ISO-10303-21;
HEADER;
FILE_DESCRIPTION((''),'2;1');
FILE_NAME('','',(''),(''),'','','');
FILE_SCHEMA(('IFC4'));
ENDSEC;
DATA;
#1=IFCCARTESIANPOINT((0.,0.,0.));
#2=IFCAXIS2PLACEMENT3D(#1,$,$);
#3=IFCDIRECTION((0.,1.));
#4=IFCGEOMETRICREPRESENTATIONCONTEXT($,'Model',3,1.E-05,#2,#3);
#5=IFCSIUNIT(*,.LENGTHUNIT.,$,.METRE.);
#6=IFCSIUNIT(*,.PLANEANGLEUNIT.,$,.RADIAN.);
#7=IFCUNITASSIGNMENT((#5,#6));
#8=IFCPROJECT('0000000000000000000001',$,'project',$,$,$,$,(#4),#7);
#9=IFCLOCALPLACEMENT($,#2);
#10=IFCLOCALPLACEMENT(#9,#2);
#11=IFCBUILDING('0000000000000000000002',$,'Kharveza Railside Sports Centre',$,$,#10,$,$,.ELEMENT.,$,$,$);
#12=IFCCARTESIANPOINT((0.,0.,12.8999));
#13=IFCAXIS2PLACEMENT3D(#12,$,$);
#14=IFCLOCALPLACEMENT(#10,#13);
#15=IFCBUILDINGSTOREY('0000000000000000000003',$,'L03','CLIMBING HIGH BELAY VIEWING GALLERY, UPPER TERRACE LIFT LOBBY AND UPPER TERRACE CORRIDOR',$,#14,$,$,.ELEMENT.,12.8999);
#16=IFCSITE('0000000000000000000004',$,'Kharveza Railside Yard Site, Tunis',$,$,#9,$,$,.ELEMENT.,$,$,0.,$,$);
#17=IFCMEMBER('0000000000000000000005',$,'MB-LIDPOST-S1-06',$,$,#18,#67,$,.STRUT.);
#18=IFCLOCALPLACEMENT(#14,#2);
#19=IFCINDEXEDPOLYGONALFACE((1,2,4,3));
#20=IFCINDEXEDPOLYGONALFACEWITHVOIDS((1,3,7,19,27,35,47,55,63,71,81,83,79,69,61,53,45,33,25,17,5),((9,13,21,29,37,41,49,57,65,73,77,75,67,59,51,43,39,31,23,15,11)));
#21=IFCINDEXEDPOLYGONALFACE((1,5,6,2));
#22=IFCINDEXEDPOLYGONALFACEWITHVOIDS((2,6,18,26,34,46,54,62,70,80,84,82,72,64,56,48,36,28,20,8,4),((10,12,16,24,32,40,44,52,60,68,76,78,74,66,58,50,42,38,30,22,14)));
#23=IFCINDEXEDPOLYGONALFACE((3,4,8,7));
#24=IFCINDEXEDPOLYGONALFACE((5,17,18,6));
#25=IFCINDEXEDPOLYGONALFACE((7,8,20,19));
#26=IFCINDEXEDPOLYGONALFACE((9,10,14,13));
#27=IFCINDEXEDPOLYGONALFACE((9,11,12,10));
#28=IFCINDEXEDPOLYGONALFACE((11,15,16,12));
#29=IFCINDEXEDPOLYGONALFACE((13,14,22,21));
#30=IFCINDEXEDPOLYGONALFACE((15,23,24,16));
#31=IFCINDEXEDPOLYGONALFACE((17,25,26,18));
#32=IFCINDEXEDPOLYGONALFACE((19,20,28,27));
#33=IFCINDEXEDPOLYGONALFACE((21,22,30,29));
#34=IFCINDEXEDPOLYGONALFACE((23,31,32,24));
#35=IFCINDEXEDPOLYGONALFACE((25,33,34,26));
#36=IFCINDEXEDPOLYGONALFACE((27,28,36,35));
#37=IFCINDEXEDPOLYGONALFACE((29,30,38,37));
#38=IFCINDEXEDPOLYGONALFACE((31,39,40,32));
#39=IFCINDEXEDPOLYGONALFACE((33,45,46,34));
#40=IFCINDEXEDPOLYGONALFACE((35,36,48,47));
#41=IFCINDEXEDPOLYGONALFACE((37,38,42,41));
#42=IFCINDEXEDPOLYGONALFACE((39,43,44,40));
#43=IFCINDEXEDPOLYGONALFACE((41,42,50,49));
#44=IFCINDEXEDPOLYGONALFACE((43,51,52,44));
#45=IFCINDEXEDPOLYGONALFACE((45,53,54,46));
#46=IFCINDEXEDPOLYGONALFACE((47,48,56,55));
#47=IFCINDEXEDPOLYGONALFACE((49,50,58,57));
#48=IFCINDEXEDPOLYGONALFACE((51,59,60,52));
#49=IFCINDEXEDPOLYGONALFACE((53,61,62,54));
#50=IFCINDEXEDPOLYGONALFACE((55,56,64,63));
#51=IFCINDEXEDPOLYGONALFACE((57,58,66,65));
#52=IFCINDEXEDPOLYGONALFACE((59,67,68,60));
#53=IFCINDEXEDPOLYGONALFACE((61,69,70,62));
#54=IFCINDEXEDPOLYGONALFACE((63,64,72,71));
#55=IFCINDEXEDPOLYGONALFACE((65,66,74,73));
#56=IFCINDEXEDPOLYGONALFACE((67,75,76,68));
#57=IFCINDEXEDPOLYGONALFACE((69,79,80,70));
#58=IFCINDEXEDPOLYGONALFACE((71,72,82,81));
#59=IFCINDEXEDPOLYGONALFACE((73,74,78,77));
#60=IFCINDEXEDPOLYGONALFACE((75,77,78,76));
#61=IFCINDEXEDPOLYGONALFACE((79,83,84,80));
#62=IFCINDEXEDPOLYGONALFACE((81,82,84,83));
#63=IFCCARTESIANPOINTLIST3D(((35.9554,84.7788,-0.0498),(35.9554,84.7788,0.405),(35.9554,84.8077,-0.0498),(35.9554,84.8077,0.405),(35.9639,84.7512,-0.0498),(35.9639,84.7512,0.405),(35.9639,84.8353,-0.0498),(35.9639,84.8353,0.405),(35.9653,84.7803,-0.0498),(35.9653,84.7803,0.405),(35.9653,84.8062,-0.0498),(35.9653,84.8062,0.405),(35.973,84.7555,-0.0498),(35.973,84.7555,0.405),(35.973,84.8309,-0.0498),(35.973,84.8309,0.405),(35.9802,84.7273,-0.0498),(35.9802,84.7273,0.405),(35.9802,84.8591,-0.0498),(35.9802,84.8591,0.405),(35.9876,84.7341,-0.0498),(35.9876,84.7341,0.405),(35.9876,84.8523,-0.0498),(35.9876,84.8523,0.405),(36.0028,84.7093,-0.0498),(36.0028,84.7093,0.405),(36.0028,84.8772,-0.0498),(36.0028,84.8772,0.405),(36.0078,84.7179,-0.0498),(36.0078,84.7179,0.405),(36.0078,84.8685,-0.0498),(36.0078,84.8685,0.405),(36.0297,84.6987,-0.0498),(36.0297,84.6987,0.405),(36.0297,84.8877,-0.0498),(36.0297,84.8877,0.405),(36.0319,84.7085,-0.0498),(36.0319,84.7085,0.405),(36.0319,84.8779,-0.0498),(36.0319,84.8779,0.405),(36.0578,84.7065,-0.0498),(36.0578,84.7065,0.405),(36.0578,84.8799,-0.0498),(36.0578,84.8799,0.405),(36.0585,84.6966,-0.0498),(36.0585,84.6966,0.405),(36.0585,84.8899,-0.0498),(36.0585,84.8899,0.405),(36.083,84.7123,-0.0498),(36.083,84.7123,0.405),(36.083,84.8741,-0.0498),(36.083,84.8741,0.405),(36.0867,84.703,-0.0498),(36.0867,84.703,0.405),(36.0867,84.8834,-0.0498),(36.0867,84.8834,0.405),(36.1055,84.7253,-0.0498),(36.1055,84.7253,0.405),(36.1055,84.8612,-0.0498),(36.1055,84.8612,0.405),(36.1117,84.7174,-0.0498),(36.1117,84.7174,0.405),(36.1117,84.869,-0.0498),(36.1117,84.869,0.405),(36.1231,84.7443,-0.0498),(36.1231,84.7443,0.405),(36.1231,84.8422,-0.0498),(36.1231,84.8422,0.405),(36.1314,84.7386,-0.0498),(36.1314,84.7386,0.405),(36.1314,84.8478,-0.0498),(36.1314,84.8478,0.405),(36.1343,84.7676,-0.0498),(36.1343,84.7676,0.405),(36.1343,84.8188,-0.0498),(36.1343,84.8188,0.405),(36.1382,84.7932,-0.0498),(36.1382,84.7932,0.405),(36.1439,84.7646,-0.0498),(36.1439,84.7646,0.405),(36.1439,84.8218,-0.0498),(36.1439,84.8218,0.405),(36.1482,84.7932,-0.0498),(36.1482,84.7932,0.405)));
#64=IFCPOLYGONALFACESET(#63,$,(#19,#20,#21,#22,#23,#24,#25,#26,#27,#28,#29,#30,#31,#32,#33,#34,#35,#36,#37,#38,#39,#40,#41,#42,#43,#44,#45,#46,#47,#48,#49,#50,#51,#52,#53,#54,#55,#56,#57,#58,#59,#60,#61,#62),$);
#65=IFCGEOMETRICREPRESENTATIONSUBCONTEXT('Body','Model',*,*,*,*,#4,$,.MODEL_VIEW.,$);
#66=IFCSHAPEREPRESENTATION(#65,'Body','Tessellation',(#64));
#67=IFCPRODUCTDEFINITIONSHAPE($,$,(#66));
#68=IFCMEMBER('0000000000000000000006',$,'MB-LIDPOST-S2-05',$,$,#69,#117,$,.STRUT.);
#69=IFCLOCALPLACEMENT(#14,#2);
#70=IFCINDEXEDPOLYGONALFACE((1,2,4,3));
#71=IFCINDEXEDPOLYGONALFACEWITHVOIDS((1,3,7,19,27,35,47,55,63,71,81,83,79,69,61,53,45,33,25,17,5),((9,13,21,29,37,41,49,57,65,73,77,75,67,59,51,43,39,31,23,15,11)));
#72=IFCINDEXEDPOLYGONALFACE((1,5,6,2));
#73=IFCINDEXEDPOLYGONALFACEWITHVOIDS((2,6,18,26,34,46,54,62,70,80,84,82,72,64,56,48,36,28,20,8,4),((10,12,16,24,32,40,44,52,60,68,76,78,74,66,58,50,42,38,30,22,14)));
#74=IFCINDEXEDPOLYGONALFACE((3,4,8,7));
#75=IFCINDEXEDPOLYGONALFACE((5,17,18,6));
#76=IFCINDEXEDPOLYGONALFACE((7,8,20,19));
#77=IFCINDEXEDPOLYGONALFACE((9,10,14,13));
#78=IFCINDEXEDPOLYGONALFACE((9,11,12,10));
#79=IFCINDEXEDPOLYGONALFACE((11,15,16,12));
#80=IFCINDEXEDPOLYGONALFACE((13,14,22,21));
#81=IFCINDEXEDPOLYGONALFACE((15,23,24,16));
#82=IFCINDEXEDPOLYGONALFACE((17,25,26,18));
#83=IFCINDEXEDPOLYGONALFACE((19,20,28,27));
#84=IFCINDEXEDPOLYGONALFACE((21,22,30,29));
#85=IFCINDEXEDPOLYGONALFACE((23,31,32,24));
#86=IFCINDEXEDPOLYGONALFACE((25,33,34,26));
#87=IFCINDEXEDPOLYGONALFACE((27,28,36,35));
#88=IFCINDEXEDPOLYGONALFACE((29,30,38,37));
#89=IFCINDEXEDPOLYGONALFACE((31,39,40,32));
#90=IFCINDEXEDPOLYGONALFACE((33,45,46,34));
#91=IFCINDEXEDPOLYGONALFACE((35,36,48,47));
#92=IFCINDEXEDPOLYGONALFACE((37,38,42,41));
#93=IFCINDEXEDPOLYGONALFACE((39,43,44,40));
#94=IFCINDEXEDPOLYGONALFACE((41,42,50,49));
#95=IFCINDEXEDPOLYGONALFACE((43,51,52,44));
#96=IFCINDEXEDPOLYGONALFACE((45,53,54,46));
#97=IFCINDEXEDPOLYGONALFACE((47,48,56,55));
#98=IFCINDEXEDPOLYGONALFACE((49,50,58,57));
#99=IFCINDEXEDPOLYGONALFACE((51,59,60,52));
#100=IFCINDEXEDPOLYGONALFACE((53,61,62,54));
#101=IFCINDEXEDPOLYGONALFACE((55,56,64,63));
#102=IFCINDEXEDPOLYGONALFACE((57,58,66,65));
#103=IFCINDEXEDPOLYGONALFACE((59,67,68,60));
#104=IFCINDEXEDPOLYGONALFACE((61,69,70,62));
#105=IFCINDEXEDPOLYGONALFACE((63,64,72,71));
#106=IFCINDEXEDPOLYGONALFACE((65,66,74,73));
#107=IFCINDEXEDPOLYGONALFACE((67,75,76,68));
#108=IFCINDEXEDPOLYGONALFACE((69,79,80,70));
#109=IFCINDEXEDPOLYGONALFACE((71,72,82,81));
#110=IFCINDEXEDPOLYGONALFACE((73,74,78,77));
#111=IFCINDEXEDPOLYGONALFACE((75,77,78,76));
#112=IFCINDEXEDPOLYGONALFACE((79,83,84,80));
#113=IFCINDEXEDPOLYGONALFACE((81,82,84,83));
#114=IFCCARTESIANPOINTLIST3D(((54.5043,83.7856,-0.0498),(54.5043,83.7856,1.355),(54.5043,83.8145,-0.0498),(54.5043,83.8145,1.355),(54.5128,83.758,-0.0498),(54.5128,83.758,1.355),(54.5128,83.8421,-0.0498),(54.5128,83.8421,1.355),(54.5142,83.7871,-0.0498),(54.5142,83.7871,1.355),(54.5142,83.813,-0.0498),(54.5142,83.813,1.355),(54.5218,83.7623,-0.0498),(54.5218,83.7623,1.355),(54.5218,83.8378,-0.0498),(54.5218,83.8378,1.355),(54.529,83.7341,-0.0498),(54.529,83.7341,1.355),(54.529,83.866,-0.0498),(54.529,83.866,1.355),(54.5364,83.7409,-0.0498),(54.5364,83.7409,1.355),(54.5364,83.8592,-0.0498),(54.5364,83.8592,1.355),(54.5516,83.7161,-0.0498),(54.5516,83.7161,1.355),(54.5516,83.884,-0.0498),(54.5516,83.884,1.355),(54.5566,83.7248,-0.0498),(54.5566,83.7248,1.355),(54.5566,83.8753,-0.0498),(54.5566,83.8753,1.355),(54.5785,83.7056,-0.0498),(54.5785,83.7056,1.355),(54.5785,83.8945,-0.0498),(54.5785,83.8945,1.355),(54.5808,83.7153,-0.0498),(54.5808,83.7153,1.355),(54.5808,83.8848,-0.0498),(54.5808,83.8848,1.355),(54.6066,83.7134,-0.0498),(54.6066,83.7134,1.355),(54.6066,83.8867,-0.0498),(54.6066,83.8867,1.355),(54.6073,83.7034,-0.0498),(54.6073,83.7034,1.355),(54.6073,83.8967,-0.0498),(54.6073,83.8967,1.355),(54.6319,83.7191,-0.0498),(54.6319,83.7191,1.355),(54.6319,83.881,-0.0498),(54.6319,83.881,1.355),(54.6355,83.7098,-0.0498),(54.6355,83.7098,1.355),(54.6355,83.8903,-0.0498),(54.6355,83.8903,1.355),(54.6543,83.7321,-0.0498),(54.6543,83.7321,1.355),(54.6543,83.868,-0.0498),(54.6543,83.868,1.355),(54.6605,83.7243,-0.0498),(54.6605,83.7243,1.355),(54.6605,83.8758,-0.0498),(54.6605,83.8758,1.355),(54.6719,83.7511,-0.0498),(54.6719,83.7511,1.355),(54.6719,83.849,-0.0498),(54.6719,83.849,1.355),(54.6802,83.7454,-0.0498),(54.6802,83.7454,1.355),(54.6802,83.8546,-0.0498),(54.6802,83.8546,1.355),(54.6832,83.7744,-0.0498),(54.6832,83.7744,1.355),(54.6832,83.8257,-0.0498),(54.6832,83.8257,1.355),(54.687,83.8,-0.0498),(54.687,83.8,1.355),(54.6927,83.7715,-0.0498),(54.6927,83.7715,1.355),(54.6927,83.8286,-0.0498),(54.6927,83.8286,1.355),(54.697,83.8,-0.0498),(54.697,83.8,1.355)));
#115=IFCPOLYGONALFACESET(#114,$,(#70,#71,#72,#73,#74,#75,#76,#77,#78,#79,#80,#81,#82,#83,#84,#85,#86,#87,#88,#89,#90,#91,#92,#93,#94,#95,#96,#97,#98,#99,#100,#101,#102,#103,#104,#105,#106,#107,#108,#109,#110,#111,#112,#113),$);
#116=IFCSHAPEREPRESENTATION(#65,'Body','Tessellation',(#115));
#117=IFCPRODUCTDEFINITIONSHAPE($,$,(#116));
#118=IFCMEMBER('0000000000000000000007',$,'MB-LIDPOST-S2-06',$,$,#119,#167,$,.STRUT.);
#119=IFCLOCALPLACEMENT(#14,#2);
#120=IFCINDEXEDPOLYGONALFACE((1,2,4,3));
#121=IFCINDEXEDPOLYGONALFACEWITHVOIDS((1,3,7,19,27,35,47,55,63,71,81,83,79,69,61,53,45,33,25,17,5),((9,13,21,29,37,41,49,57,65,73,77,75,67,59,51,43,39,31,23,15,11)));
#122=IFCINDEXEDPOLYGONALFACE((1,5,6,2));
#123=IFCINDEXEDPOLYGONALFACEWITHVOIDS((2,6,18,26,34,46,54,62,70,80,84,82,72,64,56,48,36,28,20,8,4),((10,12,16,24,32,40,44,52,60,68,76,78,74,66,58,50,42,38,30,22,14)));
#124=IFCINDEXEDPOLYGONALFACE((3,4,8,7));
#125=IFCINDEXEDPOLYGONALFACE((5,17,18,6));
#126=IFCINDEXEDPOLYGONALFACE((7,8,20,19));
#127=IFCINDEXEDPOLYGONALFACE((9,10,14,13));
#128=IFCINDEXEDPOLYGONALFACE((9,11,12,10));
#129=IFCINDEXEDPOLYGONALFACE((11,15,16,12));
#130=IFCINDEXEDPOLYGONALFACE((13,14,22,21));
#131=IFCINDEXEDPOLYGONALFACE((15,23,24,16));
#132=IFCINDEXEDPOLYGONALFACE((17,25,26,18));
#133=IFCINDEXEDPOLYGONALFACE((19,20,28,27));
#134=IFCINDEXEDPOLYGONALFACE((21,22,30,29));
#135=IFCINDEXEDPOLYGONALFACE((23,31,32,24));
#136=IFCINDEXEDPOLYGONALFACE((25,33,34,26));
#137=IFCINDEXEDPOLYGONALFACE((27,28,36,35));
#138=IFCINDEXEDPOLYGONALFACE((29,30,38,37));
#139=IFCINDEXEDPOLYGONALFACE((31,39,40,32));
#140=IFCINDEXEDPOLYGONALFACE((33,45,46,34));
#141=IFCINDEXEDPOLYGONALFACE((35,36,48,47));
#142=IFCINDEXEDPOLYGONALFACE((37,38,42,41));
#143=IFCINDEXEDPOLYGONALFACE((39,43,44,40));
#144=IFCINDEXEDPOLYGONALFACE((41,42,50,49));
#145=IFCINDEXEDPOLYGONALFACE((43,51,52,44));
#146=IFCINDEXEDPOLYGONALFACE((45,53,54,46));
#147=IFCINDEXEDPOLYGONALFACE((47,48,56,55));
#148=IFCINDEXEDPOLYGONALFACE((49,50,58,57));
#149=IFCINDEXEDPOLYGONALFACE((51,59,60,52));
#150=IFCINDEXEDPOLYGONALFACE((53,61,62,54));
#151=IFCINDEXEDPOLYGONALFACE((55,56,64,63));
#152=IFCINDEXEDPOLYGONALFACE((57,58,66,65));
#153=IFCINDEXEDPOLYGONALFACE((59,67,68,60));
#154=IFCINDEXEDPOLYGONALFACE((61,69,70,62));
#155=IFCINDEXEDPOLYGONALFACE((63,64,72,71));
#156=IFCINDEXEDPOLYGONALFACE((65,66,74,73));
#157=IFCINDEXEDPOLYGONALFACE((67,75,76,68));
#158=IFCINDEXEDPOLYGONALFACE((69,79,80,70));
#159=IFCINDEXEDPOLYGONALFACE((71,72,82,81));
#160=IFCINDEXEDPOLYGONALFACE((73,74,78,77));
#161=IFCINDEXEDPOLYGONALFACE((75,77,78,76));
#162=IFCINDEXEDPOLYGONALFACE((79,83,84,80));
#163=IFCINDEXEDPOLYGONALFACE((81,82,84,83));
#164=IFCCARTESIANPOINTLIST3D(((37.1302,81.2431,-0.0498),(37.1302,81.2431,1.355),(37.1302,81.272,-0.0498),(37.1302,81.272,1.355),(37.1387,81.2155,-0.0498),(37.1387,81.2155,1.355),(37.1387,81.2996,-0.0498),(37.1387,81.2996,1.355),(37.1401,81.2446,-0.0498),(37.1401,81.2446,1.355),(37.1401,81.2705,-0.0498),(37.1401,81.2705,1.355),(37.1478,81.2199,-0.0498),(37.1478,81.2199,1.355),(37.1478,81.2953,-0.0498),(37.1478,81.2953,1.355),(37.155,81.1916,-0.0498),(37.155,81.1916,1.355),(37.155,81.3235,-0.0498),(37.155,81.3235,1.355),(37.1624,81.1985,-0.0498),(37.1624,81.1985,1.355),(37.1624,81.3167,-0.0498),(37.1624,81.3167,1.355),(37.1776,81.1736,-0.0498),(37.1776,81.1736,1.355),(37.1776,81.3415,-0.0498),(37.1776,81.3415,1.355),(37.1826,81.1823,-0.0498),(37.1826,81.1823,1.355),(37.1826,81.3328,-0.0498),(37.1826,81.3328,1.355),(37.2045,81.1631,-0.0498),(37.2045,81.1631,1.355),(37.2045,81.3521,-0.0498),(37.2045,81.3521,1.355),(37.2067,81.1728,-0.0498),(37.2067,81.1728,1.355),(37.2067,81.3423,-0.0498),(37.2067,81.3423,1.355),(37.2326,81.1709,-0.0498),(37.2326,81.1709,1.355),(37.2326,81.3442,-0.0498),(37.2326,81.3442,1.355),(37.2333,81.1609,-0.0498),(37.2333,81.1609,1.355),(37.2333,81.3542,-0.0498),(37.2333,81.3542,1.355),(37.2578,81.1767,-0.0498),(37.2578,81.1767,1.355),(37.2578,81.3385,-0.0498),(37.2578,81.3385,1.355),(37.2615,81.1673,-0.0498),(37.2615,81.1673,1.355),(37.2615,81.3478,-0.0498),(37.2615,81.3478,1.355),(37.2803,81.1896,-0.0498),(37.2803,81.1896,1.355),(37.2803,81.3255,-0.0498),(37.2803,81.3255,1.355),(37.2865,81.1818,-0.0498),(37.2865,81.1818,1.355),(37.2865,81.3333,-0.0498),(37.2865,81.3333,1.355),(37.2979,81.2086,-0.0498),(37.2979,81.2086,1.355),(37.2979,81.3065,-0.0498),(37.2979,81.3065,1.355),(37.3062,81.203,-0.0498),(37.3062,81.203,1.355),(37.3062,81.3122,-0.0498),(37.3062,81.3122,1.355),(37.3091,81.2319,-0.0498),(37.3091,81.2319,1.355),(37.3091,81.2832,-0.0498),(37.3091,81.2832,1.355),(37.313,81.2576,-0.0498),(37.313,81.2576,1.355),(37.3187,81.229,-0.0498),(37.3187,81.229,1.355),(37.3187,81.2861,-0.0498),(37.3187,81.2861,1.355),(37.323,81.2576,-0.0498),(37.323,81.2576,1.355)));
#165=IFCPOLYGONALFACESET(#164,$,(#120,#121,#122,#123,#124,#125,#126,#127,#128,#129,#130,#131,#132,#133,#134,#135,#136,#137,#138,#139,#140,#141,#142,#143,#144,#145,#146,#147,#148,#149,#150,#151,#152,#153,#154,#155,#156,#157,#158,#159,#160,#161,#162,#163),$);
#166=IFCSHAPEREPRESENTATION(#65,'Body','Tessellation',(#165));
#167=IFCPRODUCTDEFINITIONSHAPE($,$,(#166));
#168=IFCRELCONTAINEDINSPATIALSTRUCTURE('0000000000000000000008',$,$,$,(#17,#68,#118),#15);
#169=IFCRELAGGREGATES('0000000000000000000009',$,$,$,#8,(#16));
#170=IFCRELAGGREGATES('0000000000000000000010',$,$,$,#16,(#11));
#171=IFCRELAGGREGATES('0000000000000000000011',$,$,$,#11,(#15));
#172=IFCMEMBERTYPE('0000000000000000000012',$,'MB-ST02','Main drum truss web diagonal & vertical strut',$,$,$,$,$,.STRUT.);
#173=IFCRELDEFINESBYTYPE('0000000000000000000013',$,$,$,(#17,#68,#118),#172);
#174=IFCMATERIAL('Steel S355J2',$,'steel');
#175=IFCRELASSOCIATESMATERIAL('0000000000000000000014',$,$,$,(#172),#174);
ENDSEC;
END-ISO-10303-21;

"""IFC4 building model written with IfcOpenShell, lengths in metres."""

from ifc_helpers import new_model, si_unit, direction, frame, origin, origin_2d, place, context, subcontext, project, spatial, hollow_circle, extrude, material, material_profile, profile_set, type_object, element, save


model = new_model("IFC4")

# Units and contexts
model_context = context("Model", 3, precision=1e-05, world=origin(), true_north=direction((0.0, 1.0)))
body_context = subcontext(model_context, "Body", "Model", "MODEL_VIEW")
ifc_project = project(units=[si_unit("LENGTHUNIT", "METRE"), si_unit("PLANEANGLEUNIT", "RADIAN")], contexts=[model_context])

# Site, building, storey
site_placement = place(None, origin())
site = spatial("IfcSite", under=ifc_project, at=site_placement, Name="Kharveza Railside Yard Site, Tunis", CompositionType="ELEMENT", RefElevation=0.0)
building_placement = place(site_placement, origin())
building = spatial("IfcBuilding", under=site, at=building_placement, Name="Kharveza Railside Sports Centre", CompositionType="ELEMENT")
storey_placement = place(building_placement, frame((0.0, 0.0, 12.8999)))
storey = spatial("IfcBuildingStorey", under=building, at=storey_placement, Name="L03", Description="CLIMBING HIGH BELAY VIEWING GALLERY, UPPER TERRACE LIFT LOBBY AND UPPER TERRACE CORRIDOR", CompositionType="ELEMENT", Elevation=12.8999)

# Shared definitions
ifc_material_1 = material(Name="Steel S355J2", Category="steel")

# Members
ifc_material_profile_1 = material_profile(ifc_material_1, hollow_circle(Radius=0.0969, WallThickness=0.01, at=origin_2d()), Name="CHS 193.7x10.0")
ifc_profile_set_1 = profile_set([ifc_material_profile_1], Name="Steel S355J2")
member_type_1 = type_object("IfcMemberType", Name="MB-ST02", Description="Main drum truss web diagonal & vertical strut", PredefinedType="STRUT", material=ifc_profile_set_1)
member_1_placement = place(storey_placement, frame((36.0513, 84.7932, -0.0498), z_axis=(0.0, 0.0, 1.0), x_axis=(1.0, 0.0, 0.0)))
element("IfcMember", 1, at=member_1_placement, inside=storey, type_object=member_type_1, Name="MB-LIDPOST-S1-06", PredefinedType="STRUT", context=body_context, shape_type="SweptSolid", body=[
    extrude(hollow_circle(Radius=0.0969, WallThickness=0.01, at=origin_2d()), origin(), (0.0, 0.0, 1.0), 0.4548),
])
for number, where, z_axis, x_axis, name in (
    (2, (54.6001, 83.8, -0.0498), (0.0, 0.0, 1.0), (1.0, 0.0, 0.0), "MB-LIDPOST-S2-05"),
    (3, (37.2261, 81.2576, -0.0498), (0.0, 0.0, 1.0), (1.0, 0.0, 0.0), "MB-LIDPOST-S2-06"),
):
    element("IfcMember", number, at=place(storey_placement, frame(where, z_axis=z_axis, x_axis=x_axis)), inside=storey, type_object=member_type_1, Name=name, PredefinedType="STRUT", context=body_context, shape_type="SweptSolid", body=[
        extrude(hollow_circle(Radius=0.0969, WallThickness=0.01, at=origin_2d()), origin(), (0.0, 0.0, 1.0), 1.4048),
    ])

save(model, "model.ifc")
